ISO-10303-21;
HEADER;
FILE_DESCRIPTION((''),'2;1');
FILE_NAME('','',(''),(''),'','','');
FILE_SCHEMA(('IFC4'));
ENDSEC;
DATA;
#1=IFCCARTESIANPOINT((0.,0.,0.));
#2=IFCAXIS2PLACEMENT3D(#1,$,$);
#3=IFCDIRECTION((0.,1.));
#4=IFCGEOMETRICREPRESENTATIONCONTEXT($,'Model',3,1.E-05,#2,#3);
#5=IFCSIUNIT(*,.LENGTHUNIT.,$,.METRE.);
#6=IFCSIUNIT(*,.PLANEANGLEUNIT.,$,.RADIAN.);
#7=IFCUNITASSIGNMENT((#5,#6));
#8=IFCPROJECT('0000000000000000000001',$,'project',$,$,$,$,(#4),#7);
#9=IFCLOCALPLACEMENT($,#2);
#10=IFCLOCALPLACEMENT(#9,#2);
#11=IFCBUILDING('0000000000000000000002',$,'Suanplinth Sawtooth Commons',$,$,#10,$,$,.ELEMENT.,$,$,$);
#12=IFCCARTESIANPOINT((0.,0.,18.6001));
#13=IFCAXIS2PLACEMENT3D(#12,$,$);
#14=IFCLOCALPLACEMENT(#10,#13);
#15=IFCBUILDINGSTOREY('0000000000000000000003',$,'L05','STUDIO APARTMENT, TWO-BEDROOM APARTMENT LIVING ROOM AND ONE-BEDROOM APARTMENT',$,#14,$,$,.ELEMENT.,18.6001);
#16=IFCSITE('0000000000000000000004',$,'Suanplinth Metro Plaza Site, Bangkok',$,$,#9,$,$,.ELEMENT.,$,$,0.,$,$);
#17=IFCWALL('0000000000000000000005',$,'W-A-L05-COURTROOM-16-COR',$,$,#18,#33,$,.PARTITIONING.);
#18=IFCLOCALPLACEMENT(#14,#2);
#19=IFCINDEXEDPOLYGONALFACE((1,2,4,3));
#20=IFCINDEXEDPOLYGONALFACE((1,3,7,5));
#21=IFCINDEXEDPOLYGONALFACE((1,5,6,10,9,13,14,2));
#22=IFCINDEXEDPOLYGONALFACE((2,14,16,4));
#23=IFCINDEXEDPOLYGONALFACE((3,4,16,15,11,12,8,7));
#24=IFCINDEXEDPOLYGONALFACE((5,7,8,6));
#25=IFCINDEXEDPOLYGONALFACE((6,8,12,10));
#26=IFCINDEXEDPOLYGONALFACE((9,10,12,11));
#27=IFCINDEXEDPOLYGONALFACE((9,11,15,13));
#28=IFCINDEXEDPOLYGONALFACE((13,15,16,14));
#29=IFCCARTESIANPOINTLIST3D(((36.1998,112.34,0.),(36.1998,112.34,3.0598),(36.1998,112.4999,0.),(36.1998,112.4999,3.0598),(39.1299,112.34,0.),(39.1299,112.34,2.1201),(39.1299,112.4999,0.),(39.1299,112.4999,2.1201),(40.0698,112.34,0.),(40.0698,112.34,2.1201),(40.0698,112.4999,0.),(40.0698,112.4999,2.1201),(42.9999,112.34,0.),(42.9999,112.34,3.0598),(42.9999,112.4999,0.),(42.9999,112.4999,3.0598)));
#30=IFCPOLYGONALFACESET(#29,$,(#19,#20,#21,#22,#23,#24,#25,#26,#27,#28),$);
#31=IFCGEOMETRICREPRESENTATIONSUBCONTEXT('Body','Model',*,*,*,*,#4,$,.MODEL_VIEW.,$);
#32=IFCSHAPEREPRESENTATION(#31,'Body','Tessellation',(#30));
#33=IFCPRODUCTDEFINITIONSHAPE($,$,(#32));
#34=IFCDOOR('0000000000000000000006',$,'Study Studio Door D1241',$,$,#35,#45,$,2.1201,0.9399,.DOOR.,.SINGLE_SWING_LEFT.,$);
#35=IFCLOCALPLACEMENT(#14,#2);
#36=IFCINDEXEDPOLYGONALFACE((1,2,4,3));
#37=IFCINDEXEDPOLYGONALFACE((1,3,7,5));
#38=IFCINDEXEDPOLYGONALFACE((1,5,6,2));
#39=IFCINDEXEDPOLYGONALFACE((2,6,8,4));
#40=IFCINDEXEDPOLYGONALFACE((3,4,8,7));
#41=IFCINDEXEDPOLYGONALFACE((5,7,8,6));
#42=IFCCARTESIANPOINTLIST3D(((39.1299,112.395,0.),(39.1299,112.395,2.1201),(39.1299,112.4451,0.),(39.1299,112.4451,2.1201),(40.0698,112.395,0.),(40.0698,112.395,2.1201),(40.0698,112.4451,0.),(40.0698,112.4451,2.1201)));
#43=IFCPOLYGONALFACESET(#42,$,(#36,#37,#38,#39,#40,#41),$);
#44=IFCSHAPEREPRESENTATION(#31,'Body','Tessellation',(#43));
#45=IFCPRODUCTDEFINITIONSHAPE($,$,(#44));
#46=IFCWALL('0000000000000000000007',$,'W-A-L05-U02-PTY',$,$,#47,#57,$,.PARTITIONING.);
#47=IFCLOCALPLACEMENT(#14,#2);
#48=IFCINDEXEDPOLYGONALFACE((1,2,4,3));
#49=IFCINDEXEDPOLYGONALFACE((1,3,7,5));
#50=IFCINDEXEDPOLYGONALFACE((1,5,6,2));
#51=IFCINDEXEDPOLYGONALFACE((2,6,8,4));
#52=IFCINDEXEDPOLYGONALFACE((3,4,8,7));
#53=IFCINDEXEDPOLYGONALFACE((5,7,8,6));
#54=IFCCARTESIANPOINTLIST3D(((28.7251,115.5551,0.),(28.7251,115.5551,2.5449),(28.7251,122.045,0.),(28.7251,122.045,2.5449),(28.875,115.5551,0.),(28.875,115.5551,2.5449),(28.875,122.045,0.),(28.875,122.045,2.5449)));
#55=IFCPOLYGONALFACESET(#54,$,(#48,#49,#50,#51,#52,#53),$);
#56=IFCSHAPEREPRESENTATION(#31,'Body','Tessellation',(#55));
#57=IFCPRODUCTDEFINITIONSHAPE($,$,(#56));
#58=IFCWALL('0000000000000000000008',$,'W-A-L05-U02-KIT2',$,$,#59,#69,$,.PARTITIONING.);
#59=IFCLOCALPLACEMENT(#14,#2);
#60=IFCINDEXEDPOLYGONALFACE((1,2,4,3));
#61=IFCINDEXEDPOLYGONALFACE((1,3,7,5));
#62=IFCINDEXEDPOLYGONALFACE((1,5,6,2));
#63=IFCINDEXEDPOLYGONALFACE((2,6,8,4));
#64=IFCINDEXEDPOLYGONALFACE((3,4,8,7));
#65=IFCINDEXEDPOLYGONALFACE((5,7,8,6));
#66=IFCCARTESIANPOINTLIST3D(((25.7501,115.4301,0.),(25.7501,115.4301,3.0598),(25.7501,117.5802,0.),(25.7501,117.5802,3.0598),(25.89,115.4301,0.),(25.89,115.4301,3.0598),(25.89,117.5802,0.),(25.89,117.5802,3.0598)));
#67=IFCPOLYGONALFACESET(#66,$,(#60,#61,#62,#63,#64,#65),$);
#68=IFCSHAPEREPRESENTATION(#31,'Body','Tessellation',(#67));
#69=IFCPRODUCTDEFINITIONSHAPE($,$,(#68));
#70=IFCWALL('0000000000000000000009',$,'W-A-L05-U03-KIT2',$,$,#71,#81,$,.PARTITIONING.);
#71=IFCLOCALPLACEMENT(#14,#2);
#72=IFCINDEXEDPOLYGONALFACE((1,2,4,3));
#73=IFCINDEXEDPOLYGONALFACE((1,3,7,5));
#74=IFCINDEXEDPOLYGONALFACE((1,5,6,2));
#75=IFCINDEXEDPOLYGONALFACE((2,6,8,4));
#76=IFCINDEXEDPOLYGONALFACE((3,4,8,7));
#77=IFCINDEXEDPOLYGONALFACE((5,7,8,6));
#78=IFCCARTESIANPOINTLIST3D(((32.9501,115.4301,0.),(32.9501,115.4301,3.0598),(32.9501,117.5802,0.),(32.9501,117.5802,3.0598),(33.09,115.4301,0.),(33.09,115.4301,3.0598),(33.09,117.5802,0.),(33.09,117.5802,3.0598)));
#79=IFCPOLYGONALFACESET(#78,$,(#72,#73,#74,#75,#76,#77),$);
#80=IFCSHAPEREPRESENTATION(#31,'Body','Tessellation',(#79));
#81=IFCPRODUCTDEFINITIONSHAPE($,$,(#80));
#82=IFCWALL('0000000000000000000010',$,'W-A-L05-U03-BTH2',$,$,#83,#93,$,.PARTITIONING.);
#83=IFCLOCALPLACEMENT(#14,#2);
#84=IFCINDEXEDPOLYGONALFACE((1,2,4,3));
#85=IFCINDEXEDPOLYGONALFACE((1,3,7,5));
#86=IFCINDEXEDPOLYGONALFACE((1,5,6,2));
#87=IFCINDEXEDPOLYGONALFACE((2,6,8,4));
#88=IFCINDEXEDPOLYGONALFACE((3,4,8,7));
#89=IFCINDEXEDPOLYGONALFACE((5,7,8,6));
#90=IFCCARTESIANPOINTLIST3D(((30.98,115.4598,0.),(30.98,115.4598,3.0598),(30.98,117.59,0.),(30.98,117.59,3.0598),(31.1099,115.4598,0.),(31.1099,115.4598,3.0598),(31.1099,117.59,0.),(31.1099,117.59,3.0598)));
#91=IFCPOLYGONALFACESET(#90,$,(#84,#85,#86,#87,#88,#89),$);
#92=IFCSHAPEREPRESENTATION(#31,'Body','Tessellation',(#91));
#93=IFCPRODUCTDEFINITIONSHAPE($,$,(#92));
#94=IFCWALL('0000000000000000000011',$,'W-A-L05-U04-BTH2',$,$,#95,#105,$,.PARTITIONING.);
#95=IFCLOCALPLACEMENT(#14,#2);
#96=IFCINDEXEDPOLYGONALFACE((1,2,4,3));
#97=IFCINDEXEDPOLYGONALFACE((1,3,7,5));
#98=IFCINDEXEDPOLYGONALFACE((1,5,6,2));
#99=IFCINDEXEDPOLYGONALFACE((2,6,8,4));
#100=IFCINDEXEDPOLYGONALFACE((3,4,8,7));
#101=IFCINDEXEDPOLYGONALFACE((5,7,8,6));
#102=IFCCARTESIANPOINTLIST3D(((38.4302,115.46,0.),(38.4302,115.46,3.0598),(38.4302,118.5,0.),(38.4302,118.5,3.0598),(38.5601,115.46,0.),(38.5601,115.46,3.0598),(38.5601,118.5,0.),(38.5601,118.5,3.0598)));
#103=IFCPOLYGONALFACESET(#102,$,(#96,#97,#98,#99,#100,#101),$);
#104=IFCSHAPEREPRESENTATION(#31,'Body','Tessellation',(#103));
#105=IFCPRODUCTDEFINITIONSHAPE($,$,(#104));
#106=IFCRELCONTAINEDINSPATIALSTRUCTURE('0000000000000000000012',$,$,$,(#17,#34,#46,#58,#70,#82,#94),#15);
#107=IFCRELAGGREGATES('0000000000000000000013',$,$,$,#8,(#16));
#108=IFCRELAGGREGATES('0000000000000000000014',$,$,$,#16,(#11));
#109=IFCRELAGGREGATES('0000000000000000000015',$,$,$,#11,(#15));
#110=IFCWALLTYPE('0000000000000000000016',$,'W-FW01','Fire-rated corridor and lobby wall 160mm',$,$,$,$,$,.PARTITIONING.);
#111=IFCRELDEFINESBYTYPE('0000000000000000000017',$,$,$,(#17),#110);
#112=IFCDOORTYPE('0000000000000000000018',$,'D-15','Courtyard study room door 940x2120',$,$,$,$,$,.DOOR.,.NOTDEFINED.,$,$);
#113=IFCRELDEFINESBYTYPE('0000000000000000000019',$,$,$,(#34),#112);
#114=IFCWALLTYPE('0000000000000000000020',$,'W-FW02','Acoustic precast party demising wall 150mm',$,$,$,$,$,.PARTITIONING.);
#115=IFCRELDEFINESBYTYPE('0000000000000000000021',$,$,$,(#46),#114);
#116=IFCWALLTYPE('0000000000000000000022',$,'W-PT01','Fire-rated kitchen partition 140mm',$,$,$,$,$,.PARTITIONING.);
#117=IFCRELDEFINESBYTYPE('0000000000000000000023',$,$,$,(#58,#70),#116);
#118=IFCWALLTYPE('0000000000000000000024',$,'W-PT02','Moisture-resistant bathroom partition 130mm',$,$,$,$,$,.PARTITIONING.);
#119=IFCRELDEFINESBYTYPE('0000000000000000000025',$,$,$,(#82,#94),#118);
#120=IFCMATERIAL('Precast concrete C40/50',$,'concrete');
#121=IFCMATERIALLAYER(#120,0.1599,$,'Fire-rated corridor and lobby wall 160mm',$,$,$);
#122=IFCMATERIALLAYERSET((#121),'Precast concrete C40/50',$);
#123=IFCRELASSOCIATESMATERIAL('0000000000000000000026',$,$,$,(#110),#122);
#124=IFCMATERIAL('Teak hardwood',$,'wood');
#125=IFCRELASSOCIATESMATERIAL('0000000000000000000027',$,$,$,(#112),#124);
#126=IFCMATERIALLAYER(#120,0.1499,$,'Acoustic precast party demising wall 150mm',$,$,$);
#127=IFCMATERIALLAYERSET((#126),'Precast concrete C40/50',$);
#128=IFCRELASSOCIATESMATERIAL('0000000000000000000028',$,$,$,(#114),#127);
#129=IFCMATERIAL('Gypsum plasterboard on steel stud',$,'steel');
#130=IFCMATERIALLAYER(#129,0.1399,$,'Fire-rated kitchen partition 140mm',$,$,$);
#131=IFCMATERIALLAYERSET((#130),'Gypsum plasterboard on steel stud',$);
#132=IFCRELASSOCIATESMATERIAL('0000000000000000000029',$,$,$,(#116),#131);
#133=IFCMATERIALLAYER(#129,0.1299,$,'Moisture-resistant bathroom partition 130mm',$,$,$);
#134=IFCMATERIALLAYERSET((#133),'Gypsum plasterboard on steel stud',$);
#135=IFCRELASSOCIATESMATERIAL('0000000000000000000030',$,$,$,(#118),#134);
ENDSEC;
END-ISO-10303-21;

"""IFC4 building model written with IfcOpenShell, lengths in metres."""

from ifc_helpers import new_model, si_unit, direction, frame, frame_2d, origin, place, context, subcontext, project, spatial, rectangle, extrude, material, layer, layer_set, type_object, element, fill, save


model = new_model("IFC4")

# Units and contexts
model_context = context("Model", 3, precision=1e-05, world=origin(), true_north=direction((0.0, 1.0)))
body_context = subcontext(model_context, "Body", "Model", "MODEL_VIEW")
ifc_project = project(units=[si_unit("LENGTHUNIT", "METRE"), si_unit("PLANEANGLEUNIT", "RADIAN")], contexts=[model_context])

# Site, building, storey
site_placement = place(None, origin())
site = spatial("IfcSite", under=ifc_project, at=site_placement, Name="Suanplinth Metro Plaza Site, Bangkok", CompositionType="ELEMENT", RefElevation=0.0)
building_placement = place(site_placement, origin())
building = spatial("IfcBuilding", under=site, at=building_placement, Name="Suanplinth Sawtooth Commons", CompositionType="ELEMENT")
storey_placement = place(building_placement, frame((0.0, 0.0, 18.6001)))
storey = spatial("IfcBuildingStorey", under=building, at=storey_placement, Name="L05", Description="STUDIO APARTMENT, TWO-BEDROOM APARTMENT LIVING ROOM AND ONE-BEDROOM APARTMENT", CompositionType="ELEMENT", Elevation=18.6001)

# Shared definitions
ifc_material_1 = material(Name="Precast concrete C40/50", Category="concrete")

# Wall, opening, door
ifc_layer_1 = layer(ifc_material_1, 0.1599, Name="Fire-rated corridor and lobby wall 160mm")
ifc_layer_set_1 = layer_set([ifc_layer_1], Name="Precast concrete C40/50")
wall_type_1 = type_object("IfcWallType", Name="W-FW01", Description="Fire-rated corridor and lobby wall 160mm", PredefinedType="PARTITIONING", material=ifc_layer_set_1)
ifc_material_2 = material(Name="Teak hardwood", Category="wood")
door_type_1 = type_object("IfcDoorType", Name="D-15", Description="Courtyard study room door 940x2120", OperationType="NOTDEFINED", PredefinedType="DOOR", material=ifc_material_2)
wall_1_placement = place(storey_placement, frame((36.2, 112.4199, 0.0), z_axis=(0.0, 0.0, 1.0), x_axis=(1.0, 0.0, 0.0)))
wall_1 = element("IfcWall", 1, at=wall_1_placement, inside=storey, type_object=wall_type_1, Name="W-A-L05-COURTROOM-16-COR", PredefinedType="PARTITIONING", context=body_context, shape_type="SweptSolid", body=[
    extrude(rectangle(XDim=6.8, YDim=0.1599, at=frame_2d((3.3999, 0.0))), origin(), (0.0, 0.0, 1.0), 3.0598),
])
opening_1_placement = place(wall_1_placement, frame((2.9299, 0.0, 0.0)))
opening_1 = element("IfcOpeningElement", 2, at=opening_1_placement, cuts=wall_1, PredefinedType="OPENING", context=body_context, shape_type="SweptSolid", body=[
    extrude(rectangle(XDim=0.9399, YDim=2.1201, at=frame_2d((0.47, 1.0601))), frame((0.0, 0.0947, 0.0), z_axis=(0.0, -1.0, 0.0), x_axis=(1.0, 0.0, 0.0)), (0.0, 0.0, 1.0), 0.1897),
])
door_1_placement = place(opening_1_placement, frame((0.9399, 0.0, 0.0), z_axis=(0.0, 0.0, 1.0), x_axis=(-1.0, 0.0, 0.0)))
door_1 = element("IfcDoor", 3, at=door_1_placement, inside=storey, type_object=door_type_1, Name="Study Studio Door D1241", OperationType="SINGLE_SWING_LEFT", OverallHeight=2.1201, OverallWidth=0.9399, PredefinedType="DOOR", context=body_context, shape_type="SweptSolid", body=[
    extrude(rectangle(XDim=0.9399, YDim=2.1201, at=frame_2d((0.47, 1.0601))), frame((0.0, 0.0249, 0.0), z_axis=(0.0, -1.0, 0.0), x_axis=(1.0, 0.0, 0.0)), (0.0, 0.0, 1.0), 0.05),
])
fill(opening_1, door_1)

# Walls
ifc_layer_2 = layer(ifc_material_1, 0.1499, Name="Acoustic precast party demising wall 150mm")
ifc_layer_set_2 = layer_set([ifc_layer_2], Name="Precast concrete C40/50")
wall_type_2 = type_object("IfcWallType", Name="W-FW02", Description="Acoustic precast party demising wall 150mm", PredefinedType="PARTITIONING", material=ifc_layer_set_2)
wall_2_placement = place(storey_placement, frame((28.8, 115.5549, 0.0), z_axis=(0.0, 0.0, 1.0), x_axis=(0.0, 1.0, 0.0)))
element("IfcWall", 4, at=wall_2_placement, inside=storey, type_object=wall_type_2, Name="W-A-L05-U02-PTY", PredefinedType="PARTITIONING", context=body_context, shape_type="SweptSolid", body=[
    extrude(rectangle(XDim=6.49, YDim=0.1499, at=frame_2d((3.2451, 0.0))), origin(), (0.0, 0.0, 1.0), 2.5449),
])
ifc_material_3 = material(Name="Gypsum plasterboard on steel stud", Category="steel")
ifc_layer_3 = layer(ifc_material_3, 0.1399, Name="Fire-rated kitchen partition 140mm")
ifc_layer_set_3 = layer_set([ifc_layer_3], Name="Gypsum plasterboard on steel stud")
wall_type_3 = type_object("IfcWallType", Name="W-PT01", Description="Fire-rated kitchen partition 140mm", PredefinedType="PARTITIONING", material=ifc_layer_set_3)
for number, where, z_axis, x_axis, name in (
    (5, (25.8201, 115.4299, 0.0), (0.0, 0.0, 1.0), (0.0, 1.0, 0.0), "W-A-L05-U02-KIT2"),
    (6, (33.02, 115.4299, 0.0), (0.0, 0.0, 1.0), (0.0, 1.0, 0.0), "W-A-L05-U03-KIT2"),
):
    element("IfcWall", number, at=place(storey_placement, frame(where, z_axis=z_axis, x_axis=x_axis)), inside=storey, type_object=wall_type_3, Name=name, PredefinedType="PARTITIONING", context=body_context, shape_type="SweptSolid", body=[
        extrude(rectangle(XDim=2.1501, YDim=0.1399, at=frame_2d((1.0752, 0.0))), origin(), (0.0, 0.0, 1.0), 3.0598),
    ])
ifc_layer_4 = layer(ifc_material_3, 0.1299, Name="Moisture-resistant bathroom partition 130mm")
ifc_layer_set_4 = layer_set([ifc_layer_4], Name="Gypsum plasterboard on steel stud")
wall_type_4 = type_object("IfcWallType", Name="W-PT02", Description="Moisture-resistant bathroom partition 130mm", PredefinedType="PARTITIONING", material=ifc_layer_set_4)
wall_3_placement = place(storey_placement, frame((31.0449, 115.46, 0.0), z_axis=(0.0, 0.0, 1.0), x_axis=(0.0, 1.0, 0.0)))
element("IfcWall", 7, at=wall_3_placement, inside=storey, type_object=wall_type_4, Name="W-A-L05-U03-BTH2", PredefinedType="PARTITIONING", context=body_context, shape_type="SweptSolid", body=[
    extrude(rectangle(XDim=2.1301, YDim=0.1299, at=frame_2d((1.0649, 0.0))), origin(), (0.0, 0.0, 1.0), 3.0598),
])
wall_4_placement = place(storey_placement, frame((38.4951, 115.46, 0.0), z_axis=(0.0, 0.0, 1.0), x_axis=(0.0, 1.0, 0.0)))
element("IfcWall", 8, at=wall_4_placement, inside=storey, type_object=wall_type_4, Name="W-A-L05-U04-BTH2", PredefinedType="PARTITIONING", context=body_context, shape_type="SweptSolid", body=[
    extrude(rectangle(XDim=3.04, YDim=0.1299, at=frame_2d((1.52, 0.0))), origin(), (0.0, 0.0, 1.0), 3.0598),
])

save(model, "model.ifc")
